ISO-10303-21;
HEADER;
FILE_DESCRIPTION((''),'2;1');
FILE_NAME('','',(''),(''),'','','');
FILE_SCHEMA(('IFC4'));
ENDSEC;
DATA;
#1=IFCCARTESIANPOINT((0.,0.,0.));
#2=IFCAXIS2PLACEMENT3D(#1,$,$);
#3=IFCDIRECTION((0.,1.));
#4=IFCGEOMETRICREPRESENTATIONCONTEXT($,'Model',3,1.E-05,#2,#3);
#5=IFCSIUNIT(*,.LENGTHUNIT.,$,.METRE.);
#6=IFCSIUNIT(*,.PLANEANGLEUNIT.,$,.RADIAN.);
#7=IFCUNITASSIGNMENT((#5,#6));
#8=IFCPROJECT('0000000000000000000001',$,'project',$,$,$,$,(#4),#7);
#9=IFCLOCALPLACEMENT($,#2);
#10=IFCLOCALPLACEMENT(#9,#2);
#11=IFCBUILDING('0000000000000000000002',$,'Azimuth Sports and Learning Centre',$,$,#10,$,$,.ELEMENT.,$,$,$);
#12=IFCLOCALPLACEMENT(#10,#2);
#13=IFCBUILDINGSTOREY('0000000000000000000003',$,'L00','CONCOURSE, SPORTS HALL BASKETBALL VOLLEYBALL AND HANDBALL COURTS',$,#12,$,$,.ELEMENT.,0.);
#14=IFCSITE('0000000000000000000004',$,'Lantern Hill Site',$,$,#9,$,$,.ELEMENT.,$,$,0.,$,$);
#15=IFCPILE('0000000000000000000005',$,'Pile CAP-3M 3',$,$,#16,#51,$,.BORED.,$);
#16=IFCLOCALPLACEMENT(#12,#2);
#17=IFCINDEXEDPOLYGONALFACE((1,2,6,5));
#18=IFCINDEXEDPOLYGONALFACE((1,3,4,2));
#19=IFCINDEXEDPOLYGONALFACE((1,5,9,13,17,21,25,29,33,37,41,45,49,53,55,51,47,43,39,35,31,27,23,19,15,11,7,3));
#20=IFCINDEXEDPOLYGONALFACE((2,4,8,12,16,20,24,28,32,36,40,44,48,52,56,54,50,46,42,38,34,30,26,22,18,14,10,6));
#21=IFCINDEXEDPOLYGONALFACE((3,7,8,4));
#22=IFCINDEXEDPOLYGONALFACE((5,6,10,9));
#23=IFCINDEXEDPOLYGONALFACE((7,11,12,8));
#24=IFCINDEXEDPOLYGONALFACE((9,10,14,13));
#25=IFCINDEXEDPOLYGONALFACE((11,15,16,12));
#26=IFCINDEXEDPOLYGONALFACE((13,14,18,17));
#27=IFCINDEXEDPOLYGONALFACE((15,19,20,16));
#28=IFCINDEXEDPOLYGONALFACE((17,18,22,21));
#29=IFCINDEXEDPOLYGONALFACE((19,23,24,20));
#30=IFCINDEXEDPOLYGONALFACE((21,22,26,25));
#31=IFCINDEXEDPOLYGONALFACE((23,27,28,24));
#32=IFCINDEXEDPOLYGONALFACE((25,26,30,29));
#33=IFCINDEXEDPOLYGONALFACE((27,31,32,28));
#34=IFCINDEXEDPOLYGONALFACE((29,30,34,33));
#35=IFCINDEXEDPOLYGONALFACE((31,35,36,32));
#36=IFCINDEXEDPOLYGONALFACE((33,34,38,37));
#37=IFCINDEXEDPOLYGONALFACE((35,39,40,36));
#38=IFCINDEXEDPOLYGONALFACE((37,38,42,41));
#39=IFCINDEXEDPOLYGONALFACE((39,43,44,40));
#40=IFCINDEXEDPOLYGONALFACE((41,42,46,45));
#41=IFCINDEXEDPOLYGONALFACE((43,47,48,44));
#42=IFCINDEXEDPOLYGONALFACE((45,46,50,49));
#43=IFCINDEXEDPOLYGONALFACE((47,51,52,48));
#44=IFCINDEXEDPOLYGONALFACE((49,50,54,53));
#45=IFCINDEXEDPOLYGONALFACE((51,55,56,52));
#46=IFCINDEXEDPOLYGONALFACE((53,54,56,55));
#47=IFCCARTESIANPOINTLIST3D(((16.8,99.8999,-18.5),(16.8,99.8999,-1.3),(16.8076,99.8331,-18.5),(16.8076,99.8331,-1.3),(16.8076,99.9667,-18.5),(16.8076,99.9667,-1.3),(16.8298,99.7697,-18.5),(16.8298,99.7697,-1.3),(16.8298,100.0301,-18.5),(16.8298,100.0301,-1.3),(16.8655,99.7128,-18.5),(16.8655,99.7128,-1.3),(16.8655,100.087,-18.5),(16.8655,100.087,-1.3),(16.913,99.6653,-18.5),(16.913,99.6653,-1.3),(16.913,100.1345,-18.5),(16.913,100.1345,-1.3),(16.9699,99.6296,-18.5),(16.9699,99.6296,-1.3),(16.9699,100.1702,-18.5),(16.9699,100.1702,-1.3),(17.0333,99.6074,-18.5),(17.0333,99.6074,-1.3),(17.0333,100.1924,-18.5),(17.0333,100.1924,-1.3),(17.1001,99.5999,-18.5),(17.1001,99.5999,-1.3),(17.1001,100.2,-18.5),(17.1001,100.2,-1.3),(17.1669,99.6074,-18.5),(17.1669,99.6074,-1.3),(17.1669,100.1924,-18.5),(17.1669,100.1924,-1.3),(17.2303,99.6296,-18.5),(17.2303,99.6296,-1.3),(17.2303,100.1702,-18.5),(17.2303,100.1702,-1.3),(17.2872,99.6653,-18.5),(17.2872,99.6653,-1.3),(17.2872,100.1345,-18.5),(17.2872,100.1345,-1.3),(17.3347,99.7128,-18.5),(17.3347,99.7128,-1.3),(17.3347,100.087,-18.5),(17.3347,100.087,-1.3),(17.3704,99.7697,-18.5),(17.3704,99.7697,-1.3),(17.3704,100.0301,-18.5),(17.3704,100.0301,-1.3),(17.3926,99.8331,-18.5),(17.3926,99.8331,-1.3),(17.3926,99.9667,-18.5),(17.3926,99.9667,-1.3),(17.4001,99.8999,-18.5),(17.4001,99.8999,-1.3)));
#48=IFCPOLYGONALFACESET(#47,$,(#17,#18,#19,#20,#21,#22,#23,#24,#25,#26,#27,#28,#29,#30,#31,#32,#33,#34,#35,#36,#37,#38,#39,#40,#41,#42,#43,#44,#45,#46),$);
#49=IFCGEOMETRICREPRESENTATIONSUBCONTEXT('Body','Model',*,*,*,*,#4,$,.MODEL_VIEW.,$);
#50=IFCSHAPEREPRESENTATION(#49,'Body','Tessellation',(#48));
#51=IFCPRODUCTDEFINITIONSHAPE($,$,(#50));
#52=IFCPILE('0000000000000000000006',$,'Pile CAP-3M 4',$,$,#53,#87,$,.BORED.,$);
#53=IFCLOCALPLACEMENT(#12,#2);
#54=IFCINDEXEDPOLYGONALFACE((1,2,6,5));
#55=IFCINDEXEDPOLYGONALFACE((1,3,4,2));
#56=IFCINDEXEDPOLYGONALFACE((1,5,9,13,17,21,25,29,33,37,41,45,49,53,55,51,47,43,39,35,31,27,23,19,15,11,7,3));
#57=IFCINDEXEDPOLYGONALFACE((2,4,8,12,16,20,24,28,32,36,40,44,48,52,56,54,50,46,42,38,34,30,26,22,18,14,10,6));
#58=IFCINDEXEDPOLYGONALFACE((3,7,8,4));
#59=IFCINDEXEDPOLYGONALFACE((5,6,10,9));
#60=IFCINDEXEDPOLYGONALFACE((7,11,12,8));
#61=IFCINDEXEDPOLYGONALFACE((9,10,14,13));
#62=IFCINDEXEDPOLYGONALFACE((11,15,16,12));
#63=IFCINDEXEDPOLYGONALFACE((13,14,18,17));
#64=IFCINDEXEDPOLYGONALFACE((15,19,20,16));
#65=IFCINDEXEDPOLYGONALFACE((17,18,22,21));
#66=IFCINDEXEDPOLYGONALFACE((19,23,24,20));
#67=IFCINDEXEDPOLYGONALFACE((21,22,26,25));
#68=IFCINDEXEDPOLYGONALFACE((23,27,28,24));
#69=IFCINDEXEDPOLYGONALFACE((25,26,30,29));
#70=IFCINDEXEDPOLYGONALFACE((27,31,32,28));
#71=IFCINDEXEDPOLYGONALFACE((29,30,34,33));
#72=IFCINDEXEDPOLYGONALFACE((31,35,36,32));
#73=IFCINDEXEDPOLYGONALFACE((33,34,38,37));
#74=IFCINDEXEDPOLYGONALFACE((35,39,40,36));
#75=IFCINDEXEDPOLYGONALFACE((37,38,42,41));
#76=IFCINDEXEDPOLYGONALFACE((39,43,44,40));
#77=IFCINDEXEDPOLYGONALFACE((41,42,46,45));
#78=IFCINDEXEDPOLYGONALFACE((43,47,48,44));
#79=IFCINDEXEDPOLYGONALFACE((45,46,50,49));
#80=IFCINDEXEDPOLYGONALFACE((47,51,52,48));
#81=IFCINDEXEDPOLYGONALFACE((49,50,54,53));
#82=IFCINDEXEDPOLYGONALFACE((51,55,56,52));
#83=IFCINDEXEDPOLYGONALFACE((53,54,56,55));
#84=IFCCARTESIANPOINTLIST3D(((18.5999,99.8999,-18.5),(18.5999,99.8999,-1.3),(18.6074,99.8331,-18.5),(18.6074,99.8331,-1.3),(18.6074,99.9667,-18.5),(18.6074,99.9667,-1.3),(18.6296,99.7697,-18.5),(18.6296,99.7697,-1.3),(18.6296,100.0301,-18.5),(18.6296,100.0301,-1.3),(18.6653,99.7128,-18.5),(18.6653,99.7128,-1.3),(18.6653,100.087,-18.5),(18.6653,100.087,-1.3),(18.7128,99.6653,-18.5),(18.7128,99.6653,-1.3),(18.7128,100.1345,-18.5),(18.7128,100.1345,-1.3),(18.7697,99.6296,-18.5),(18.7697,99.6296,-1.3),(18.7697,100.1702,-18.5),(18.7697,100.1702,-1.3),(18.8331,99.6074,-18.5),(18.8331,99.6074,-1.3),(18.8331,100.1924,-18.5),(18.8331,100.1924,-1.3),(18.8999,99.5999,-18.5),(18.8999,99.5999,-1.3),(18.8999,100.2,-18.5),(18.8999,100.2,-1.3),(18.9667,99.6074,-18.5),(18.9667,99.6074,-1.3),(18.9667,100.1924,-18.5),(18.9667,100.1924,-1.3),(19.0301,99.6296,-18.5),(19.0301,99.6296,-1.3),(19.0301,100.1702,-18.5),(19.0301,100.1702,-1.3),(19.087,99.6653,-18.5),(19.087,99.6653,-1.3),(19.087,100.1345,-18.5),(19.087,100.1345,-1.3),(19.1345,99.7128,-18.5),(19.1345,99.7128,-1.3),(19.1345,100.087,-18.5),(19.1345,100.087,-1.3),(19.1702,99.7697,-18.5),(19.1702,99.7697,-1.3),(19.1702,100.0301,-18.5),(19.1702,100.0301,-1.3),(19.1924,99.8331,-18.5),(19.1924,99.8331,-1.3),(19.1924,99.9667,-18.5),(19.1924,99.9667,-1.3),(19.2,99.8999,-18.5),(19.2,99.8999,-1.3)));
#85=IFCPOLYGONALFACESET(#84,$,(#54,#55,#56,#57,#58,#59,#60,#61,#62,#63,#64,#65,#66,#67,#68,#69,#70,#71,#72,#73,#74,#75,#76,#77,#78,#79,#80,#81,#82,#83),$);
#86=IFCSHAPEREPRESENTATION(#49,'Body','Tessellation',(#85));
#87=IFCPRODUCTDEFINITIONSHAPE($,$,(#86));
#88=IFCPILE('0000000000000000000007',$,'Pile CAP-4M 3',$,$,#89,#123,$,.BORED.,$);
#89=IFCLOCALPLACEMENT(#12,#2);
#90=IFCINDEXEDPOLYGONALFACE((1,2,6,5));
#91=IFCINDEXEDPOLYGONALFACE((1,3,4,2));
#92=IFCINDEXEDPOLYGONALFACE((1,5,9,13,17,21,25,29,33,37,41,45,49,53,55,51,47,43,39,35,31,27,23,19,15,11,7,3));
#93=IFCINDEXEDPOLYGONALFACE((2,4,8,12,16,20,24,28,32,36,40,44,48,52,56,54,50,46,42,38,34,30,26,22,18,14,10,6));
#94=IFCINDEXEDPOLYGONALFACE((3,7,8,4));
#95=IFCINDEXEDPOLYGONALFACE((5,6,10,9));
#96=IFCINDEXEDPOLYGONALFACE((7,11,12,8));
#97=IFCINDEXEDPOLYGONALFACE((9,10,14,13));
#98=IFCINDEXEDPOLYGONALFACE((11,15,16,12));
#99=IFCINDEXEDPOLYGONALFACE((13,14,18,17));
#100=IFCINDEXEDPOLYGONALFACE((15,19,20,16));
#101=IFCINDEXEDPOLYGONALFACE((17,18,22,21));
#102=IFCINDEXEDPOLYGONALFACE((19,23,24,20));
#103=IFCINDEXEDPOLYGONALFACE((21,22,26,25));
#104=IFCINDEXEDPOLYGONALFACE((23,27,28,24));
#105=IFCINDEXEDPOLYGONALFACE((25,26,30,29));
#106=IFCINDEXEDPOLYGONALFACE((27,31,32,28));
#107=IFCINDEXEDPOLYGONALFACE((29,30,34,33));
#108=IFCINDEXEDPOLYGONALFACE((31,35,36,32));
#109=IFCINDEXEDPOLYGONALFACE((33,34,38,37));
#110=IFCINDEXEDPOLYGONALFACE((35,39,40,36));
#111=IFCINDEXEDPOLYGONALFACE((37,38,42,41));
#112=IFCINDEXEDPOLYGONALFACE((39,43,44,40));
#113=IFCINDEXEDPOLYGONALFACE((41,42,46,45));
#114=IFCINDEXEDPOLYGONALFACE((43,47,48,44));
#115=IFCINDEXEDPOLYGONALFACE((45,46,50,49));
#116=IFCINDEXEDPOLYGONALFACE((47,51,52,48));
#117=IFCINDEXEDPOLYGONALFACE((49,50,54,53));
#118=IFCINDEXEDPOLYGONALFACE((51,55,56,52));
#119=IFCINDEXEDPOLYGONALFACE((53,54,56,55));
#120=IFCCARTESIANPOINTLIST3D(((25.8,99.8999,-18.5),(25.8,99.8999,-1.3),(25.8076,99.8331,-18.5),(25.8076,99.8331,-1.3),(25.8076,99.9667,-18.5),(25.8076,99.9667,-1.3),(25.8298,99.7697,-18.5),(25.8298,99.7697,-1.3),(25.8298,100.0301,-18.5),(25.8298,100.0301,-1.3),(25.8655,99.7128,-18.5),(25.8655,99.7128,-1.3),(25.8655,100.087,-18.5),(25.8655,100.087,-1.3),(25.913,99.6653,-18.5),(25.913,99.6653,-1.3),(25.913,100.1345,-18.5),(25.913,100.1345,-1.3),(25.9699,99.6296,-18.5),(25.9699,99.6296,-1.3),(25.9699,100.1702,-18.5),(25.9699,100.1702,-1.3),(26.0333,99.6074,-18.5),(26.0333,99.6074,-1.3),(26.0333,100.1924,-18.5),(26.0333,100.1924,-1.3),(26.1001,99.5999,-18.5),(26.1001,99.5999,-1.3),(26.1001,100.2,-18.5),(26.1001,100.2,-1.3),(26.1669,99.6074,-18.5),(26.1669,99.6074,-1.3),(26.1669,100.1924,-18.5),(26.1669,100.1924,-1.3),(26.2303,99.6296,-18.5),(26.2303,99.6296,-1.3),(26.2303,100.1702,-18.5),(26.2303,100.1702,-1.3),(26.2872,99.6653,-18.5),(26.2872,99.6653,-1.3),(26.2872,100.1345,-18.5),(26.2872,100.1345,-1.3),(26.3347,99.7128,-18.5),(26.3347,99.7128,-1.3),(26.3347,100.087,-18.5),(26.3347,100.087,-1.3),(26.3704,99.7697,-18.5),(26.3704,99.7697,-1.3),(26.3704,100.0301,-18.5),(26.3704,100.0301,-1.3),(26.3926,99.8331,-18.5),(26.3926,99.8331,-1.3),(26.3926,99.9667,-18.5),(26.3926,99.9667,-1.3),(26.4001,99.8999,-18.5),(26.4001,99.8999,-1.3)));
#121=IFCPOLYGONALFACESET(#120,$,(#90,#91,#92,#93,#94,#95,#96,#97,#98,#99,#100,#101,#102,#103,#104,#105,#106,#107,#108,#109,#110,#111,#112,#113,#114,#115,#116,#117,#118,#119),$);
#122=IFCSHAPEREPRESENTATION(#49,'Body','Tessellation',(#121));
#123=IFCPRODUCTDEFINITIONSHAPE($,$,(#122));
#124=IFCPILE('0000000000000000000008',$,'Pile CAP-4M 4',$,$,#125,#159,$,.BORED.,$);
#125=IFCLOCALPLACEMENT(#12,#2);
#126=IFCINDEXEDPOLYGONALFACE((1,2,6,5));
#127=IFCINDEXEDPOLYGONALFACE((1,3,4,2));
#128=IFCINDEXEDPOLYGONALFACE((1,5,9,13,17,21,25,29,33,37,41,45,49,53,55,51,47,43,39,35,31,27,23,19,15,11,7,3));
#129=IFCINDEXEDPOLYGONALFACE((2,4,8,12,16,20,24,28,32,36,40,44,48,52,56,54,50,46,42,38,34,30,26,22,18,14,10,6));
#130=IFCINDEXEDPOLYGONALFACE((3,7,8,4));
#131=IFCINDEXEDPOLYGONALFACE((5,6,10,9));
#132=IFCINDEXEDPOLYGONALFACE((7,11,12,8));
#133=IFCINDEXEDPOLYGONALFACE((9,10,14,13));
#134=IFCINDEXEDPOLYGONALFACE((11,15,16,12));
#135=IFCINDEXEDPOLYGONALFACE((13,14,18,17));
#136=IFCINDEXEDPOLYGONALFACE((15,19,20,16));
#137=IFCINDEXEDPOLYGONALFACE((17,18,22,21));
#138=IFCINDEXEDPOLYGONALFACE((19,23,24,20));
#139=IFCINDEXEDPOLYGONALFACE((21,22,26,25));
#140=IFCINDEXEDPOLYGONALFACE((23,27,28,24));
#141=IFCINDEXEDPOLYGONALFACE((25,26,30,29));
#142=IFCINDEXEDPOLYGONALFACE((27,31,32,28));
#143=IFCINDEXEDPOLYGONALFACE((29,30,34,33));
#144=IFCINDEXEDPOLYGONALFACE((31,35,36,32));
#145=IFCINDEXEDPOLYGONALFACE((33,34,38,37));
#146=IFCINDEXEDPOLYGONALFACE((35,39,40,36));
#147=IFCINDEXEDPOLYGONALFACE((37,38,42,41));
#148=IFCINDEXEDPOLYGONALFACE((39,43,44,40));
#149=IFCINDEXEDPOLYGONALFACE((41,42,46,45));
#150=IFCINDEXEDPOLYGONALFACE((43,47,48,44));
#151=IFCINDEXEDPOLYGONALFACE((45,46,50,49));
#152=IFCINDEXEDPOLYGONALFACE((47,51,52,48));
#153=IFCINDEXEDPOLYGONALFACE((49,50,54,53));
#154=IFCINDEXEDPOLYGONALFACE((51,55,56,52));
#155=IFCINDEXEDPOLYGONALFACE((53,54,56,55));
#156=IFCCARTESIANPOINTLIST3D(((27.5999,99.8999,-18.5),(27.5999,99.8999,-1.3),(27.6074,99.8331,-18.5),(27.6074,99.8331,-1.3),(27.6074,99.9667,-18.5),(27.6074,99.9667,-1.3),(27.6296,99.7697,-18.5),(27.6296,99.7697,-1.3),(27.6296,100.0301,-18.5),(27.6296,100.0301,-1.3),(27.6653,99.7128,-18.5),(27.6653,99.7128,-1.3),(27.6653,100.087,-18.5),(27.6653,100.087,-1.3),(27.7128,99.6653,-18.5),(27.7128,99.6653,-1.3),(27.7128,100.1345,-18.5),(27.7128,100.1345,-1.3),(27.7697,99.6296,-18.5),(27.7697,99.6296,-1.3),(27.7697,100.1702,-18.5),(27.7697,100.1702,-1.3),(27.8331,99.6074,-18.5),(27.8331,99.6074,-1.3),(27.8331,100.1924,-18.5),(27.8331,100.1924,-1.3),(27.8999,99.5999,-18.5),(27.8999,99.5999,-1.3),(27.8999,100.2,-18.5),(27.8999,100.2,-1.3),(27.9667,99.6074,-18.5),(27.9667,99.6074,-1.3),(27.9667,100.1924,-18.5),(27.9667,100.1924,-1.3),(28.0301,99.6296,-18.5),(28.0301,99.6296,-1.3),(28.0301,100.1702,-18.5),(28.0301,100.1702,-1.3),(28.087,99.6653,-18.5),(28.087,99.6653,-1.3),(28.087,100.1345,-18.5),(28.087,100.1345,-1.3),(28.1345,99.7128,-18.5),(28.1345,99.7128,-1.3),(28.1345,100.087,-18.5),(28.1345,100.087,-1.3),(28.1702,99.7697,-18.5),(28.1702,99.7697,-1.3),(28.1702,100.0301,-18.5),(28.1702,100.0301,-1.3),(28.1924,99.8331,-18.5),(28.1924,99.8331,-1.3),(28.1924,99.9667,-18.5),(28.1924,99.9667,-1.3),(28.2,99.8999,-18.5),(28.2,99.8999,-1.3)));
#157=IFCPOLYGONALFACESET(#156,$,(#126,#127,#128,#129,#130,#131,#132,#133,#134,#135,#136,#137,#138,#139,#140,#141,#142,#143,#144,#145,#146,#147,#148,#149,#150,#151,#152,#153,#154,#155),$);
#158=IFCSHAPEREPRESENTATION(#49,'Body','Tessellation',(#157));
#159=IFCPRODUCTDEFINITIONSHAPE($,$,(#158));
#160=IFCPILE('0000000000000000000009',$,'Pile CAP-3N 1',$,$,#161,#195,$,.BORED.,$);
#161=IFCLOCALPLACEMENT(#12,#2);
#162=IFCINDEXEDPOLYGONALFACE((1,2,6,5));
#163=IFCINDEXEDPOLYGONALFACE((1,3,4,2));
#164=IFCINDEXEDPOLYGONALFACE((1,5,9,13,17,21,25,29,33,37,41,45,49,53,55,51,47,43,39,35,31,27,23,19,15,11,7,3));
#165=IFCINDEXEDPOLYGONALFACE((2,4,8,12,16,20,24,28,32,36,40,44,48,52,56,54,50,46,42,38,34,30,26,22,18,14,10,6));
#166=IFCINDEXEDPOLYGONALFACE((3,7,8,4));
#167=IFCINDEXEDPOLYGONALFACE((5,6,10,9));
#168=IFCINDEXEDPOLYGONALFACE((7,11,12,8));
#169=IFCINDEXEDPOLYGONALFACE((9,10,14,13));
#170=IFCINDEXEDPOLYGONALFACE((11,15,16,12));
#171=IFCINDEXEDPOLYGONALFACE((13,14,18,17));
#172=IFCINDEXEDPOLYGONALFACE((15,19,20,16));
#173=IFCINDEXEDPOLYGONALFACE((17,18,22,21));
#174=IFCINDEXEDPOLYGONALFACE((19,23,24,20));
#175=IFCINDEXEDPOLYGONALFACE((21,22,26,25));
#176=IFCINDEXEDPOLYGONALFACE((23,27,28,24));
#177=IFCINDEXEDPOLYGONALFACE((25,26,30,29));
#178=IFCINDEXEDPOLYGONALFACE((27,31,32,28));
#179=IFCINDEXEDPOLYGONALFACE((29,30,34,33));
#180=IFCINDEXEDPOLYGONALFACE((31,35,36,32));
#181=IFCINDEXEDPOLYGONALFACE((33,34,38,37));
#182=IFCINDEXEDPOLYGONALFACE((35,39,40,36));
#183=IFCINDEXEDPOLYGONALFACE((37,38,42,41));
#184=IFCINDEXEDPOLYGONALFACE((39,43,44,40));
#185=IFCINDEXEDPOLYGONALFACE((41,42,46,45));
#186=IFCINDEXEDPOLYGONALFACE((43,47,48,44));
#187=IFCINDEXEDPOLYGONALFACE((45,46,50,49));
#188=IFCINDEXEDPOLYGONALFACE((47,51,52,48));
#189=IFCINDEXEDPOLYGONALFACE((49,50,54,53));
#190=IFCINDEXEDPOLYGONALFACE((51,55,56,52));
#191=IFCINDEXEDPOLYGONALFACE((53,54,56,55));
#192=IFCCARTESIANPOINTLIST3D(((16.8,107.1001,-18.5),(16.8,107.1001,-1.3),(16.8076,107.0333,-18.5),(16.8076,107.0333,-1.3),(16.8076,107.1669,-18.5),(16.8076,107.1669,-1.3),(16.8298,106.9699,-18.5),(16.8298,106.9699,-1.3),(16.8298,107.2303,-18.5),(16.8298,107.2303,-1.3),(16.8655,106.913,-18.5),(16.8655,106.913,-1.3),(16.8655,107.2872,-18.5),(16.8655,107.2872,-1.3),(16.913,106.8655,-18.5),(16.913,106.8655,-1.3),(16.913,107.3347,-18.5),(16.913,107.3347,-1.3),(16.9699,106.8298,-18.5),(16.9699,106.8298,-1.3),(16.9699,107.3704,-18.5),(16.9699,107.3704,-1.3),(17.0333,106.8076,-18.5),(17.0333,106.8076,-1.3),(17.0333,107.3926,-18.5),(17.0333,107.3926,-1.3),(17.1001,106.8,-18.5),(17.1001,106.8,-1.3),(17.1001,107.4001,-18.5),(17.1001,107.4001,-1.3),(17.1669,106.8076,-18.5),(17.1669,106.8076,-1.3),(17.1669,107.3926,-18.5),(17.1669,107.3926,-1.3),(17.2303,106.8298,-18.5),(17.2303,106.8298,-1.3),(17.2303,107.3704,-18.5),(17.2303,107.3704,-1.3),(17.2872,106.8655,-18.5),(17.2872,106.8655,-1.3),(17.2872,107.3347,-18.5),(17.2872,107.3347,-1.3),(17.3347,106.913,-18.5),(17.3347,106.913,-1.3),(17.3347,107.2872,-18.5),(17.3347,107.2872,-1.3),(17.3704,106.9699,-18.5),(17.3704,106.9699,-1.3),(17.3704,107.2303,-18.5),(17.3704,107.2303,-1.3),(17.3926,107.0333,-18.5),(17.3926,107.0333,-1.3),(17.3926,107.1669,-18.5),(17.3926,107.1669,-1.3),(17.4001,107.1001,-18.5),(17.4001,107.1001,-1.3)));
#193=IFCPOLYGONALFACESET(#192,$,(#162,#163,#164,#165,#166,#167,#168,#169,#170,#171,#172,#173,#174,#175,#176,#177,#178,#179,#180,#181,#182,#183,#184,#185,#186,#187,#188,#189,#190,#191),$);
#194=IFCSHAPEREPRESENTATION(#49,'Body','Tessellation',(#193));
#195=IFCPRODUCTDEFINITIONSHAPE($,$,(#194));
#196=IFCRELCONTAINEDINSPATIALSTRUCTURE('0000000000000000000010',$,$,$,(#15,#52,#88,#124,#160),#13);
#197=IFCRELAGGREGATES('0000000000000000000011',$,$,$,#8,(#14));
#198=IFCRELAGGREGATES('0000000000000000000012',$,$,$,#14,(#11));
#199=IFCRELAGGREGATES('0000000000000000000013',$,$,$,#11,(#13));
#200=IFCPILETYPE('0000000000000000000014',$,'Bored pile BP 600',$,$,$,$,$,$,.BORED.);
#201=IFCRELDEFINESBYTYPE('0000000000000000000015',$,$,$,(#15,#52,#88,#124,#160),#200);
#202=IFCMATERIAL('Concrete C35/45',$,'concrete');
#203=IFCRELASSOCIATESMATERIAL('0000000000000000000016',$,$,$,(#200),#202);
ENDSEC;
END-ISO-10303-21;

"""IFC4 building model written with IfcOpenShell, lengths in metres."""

from ifc_helpers import new_model, si_unit, direction, frame, origin, origin_2d, place, context, subcontext, project, spatial, circle, extrude, material, material_profile, profile_set, type_object, element, save


model = new_model("IFC4")

# Units and contexts
model_context = context("Model", 3, precision=1e-05, world=origin(), true_north=direction((0.0, 1.0)))
body_context = subcontext(model_context, "Body", "Model", "MODEL_VIEW")
ifc_project = project(units=[si_unit("LENGTHUNIT", "METRE"), si_unit("PLANEANGLEUNIT", "RADIAN")], contexts=[model_context])

# Site, building, storey
site_placement = place(None, origin())
site = spatial("IfcSite", under=ifc_project, at=site_placement, Name="Lantern Hill Site", CompositionType="ELEMENT", RefElevation=0.0)
building_placement = place(site_placement, origin())
building = spatial("IfcBuilding", under=site, at=building_placement, Name="Azimuth Sports and Learning Centre", CompositionType="ELEMENT")
storey_placement = place(building_placement, origin())
storey = spatial("IfcBuildingStorey", under=building, at=storey_placement, Name="L00", Description="CONCOURSE, SPORTS HALL BASKETBALL VOLLEYBALL AND HANDBALL COURTS", CompositionType="ELEMENT", Elevation=0.0)

# Piles
ifc_material_1 = material(Name="Concrete C35/45", Category="concrete")
ifc_material_profile_1 = material_profile(ifc_material_1, circle(Radius=0.3, at=origin_2d()), Name="BP 600")
ifc_profile_set_1 = profile_set([ifc_material_profile_1], Name="Concrete C35/45")
pile_type = type_object("IfcPileType", Name="Bored pile BP 600", PredefinedType="BORED", material=ifc_profile_set_1)
for number, where, z_axis, x_axis, name in (
    (1, (17.1001, 99.8999, -1.3), (0.0, 0.0, -1.0), (1.0, 0.0, 0.0), "Pile CAP-3M 3"),
    (2, (18.8999, 99.8999, -1.3), (0.0, 0.0, -1.0), (1.0, 0.0, 0.0), "Pile CAP-3M 4"),
    (3, (26.1001, 99.8999, -1.3), (0.0, 0.0, -1.0), (1.0, 0.0, 0.0), "Pile CAP-4M 3"),
    (4, (27.8999, 99.8999, -1.3), (0.0, 0.0, -1.0), (1.0, 0.0, 0.0), "Pile CAP-4M 4"),
    (5, (17.1001, 107.1001, -1.3), (0.0, 0.0, -1.0), (1.0, 0.0, 0.0), "Pile CAP-3N 1"),
):
    element("IfcPile", number, at=place(storey_placement, frame(where, z_axis=z_axis, x_axis=x_axis)), inside=storey, type_object=pile_type, Name=name, PredefinedType="BORED", context=body_context, shape_type="SweptSolid", body=[
        extrude(circle(Radius=0.3, at=origin_2d()), origin(), (0.0, 0.0, 1.0), 17.2),
    ])

save(model, "model.ifc")
